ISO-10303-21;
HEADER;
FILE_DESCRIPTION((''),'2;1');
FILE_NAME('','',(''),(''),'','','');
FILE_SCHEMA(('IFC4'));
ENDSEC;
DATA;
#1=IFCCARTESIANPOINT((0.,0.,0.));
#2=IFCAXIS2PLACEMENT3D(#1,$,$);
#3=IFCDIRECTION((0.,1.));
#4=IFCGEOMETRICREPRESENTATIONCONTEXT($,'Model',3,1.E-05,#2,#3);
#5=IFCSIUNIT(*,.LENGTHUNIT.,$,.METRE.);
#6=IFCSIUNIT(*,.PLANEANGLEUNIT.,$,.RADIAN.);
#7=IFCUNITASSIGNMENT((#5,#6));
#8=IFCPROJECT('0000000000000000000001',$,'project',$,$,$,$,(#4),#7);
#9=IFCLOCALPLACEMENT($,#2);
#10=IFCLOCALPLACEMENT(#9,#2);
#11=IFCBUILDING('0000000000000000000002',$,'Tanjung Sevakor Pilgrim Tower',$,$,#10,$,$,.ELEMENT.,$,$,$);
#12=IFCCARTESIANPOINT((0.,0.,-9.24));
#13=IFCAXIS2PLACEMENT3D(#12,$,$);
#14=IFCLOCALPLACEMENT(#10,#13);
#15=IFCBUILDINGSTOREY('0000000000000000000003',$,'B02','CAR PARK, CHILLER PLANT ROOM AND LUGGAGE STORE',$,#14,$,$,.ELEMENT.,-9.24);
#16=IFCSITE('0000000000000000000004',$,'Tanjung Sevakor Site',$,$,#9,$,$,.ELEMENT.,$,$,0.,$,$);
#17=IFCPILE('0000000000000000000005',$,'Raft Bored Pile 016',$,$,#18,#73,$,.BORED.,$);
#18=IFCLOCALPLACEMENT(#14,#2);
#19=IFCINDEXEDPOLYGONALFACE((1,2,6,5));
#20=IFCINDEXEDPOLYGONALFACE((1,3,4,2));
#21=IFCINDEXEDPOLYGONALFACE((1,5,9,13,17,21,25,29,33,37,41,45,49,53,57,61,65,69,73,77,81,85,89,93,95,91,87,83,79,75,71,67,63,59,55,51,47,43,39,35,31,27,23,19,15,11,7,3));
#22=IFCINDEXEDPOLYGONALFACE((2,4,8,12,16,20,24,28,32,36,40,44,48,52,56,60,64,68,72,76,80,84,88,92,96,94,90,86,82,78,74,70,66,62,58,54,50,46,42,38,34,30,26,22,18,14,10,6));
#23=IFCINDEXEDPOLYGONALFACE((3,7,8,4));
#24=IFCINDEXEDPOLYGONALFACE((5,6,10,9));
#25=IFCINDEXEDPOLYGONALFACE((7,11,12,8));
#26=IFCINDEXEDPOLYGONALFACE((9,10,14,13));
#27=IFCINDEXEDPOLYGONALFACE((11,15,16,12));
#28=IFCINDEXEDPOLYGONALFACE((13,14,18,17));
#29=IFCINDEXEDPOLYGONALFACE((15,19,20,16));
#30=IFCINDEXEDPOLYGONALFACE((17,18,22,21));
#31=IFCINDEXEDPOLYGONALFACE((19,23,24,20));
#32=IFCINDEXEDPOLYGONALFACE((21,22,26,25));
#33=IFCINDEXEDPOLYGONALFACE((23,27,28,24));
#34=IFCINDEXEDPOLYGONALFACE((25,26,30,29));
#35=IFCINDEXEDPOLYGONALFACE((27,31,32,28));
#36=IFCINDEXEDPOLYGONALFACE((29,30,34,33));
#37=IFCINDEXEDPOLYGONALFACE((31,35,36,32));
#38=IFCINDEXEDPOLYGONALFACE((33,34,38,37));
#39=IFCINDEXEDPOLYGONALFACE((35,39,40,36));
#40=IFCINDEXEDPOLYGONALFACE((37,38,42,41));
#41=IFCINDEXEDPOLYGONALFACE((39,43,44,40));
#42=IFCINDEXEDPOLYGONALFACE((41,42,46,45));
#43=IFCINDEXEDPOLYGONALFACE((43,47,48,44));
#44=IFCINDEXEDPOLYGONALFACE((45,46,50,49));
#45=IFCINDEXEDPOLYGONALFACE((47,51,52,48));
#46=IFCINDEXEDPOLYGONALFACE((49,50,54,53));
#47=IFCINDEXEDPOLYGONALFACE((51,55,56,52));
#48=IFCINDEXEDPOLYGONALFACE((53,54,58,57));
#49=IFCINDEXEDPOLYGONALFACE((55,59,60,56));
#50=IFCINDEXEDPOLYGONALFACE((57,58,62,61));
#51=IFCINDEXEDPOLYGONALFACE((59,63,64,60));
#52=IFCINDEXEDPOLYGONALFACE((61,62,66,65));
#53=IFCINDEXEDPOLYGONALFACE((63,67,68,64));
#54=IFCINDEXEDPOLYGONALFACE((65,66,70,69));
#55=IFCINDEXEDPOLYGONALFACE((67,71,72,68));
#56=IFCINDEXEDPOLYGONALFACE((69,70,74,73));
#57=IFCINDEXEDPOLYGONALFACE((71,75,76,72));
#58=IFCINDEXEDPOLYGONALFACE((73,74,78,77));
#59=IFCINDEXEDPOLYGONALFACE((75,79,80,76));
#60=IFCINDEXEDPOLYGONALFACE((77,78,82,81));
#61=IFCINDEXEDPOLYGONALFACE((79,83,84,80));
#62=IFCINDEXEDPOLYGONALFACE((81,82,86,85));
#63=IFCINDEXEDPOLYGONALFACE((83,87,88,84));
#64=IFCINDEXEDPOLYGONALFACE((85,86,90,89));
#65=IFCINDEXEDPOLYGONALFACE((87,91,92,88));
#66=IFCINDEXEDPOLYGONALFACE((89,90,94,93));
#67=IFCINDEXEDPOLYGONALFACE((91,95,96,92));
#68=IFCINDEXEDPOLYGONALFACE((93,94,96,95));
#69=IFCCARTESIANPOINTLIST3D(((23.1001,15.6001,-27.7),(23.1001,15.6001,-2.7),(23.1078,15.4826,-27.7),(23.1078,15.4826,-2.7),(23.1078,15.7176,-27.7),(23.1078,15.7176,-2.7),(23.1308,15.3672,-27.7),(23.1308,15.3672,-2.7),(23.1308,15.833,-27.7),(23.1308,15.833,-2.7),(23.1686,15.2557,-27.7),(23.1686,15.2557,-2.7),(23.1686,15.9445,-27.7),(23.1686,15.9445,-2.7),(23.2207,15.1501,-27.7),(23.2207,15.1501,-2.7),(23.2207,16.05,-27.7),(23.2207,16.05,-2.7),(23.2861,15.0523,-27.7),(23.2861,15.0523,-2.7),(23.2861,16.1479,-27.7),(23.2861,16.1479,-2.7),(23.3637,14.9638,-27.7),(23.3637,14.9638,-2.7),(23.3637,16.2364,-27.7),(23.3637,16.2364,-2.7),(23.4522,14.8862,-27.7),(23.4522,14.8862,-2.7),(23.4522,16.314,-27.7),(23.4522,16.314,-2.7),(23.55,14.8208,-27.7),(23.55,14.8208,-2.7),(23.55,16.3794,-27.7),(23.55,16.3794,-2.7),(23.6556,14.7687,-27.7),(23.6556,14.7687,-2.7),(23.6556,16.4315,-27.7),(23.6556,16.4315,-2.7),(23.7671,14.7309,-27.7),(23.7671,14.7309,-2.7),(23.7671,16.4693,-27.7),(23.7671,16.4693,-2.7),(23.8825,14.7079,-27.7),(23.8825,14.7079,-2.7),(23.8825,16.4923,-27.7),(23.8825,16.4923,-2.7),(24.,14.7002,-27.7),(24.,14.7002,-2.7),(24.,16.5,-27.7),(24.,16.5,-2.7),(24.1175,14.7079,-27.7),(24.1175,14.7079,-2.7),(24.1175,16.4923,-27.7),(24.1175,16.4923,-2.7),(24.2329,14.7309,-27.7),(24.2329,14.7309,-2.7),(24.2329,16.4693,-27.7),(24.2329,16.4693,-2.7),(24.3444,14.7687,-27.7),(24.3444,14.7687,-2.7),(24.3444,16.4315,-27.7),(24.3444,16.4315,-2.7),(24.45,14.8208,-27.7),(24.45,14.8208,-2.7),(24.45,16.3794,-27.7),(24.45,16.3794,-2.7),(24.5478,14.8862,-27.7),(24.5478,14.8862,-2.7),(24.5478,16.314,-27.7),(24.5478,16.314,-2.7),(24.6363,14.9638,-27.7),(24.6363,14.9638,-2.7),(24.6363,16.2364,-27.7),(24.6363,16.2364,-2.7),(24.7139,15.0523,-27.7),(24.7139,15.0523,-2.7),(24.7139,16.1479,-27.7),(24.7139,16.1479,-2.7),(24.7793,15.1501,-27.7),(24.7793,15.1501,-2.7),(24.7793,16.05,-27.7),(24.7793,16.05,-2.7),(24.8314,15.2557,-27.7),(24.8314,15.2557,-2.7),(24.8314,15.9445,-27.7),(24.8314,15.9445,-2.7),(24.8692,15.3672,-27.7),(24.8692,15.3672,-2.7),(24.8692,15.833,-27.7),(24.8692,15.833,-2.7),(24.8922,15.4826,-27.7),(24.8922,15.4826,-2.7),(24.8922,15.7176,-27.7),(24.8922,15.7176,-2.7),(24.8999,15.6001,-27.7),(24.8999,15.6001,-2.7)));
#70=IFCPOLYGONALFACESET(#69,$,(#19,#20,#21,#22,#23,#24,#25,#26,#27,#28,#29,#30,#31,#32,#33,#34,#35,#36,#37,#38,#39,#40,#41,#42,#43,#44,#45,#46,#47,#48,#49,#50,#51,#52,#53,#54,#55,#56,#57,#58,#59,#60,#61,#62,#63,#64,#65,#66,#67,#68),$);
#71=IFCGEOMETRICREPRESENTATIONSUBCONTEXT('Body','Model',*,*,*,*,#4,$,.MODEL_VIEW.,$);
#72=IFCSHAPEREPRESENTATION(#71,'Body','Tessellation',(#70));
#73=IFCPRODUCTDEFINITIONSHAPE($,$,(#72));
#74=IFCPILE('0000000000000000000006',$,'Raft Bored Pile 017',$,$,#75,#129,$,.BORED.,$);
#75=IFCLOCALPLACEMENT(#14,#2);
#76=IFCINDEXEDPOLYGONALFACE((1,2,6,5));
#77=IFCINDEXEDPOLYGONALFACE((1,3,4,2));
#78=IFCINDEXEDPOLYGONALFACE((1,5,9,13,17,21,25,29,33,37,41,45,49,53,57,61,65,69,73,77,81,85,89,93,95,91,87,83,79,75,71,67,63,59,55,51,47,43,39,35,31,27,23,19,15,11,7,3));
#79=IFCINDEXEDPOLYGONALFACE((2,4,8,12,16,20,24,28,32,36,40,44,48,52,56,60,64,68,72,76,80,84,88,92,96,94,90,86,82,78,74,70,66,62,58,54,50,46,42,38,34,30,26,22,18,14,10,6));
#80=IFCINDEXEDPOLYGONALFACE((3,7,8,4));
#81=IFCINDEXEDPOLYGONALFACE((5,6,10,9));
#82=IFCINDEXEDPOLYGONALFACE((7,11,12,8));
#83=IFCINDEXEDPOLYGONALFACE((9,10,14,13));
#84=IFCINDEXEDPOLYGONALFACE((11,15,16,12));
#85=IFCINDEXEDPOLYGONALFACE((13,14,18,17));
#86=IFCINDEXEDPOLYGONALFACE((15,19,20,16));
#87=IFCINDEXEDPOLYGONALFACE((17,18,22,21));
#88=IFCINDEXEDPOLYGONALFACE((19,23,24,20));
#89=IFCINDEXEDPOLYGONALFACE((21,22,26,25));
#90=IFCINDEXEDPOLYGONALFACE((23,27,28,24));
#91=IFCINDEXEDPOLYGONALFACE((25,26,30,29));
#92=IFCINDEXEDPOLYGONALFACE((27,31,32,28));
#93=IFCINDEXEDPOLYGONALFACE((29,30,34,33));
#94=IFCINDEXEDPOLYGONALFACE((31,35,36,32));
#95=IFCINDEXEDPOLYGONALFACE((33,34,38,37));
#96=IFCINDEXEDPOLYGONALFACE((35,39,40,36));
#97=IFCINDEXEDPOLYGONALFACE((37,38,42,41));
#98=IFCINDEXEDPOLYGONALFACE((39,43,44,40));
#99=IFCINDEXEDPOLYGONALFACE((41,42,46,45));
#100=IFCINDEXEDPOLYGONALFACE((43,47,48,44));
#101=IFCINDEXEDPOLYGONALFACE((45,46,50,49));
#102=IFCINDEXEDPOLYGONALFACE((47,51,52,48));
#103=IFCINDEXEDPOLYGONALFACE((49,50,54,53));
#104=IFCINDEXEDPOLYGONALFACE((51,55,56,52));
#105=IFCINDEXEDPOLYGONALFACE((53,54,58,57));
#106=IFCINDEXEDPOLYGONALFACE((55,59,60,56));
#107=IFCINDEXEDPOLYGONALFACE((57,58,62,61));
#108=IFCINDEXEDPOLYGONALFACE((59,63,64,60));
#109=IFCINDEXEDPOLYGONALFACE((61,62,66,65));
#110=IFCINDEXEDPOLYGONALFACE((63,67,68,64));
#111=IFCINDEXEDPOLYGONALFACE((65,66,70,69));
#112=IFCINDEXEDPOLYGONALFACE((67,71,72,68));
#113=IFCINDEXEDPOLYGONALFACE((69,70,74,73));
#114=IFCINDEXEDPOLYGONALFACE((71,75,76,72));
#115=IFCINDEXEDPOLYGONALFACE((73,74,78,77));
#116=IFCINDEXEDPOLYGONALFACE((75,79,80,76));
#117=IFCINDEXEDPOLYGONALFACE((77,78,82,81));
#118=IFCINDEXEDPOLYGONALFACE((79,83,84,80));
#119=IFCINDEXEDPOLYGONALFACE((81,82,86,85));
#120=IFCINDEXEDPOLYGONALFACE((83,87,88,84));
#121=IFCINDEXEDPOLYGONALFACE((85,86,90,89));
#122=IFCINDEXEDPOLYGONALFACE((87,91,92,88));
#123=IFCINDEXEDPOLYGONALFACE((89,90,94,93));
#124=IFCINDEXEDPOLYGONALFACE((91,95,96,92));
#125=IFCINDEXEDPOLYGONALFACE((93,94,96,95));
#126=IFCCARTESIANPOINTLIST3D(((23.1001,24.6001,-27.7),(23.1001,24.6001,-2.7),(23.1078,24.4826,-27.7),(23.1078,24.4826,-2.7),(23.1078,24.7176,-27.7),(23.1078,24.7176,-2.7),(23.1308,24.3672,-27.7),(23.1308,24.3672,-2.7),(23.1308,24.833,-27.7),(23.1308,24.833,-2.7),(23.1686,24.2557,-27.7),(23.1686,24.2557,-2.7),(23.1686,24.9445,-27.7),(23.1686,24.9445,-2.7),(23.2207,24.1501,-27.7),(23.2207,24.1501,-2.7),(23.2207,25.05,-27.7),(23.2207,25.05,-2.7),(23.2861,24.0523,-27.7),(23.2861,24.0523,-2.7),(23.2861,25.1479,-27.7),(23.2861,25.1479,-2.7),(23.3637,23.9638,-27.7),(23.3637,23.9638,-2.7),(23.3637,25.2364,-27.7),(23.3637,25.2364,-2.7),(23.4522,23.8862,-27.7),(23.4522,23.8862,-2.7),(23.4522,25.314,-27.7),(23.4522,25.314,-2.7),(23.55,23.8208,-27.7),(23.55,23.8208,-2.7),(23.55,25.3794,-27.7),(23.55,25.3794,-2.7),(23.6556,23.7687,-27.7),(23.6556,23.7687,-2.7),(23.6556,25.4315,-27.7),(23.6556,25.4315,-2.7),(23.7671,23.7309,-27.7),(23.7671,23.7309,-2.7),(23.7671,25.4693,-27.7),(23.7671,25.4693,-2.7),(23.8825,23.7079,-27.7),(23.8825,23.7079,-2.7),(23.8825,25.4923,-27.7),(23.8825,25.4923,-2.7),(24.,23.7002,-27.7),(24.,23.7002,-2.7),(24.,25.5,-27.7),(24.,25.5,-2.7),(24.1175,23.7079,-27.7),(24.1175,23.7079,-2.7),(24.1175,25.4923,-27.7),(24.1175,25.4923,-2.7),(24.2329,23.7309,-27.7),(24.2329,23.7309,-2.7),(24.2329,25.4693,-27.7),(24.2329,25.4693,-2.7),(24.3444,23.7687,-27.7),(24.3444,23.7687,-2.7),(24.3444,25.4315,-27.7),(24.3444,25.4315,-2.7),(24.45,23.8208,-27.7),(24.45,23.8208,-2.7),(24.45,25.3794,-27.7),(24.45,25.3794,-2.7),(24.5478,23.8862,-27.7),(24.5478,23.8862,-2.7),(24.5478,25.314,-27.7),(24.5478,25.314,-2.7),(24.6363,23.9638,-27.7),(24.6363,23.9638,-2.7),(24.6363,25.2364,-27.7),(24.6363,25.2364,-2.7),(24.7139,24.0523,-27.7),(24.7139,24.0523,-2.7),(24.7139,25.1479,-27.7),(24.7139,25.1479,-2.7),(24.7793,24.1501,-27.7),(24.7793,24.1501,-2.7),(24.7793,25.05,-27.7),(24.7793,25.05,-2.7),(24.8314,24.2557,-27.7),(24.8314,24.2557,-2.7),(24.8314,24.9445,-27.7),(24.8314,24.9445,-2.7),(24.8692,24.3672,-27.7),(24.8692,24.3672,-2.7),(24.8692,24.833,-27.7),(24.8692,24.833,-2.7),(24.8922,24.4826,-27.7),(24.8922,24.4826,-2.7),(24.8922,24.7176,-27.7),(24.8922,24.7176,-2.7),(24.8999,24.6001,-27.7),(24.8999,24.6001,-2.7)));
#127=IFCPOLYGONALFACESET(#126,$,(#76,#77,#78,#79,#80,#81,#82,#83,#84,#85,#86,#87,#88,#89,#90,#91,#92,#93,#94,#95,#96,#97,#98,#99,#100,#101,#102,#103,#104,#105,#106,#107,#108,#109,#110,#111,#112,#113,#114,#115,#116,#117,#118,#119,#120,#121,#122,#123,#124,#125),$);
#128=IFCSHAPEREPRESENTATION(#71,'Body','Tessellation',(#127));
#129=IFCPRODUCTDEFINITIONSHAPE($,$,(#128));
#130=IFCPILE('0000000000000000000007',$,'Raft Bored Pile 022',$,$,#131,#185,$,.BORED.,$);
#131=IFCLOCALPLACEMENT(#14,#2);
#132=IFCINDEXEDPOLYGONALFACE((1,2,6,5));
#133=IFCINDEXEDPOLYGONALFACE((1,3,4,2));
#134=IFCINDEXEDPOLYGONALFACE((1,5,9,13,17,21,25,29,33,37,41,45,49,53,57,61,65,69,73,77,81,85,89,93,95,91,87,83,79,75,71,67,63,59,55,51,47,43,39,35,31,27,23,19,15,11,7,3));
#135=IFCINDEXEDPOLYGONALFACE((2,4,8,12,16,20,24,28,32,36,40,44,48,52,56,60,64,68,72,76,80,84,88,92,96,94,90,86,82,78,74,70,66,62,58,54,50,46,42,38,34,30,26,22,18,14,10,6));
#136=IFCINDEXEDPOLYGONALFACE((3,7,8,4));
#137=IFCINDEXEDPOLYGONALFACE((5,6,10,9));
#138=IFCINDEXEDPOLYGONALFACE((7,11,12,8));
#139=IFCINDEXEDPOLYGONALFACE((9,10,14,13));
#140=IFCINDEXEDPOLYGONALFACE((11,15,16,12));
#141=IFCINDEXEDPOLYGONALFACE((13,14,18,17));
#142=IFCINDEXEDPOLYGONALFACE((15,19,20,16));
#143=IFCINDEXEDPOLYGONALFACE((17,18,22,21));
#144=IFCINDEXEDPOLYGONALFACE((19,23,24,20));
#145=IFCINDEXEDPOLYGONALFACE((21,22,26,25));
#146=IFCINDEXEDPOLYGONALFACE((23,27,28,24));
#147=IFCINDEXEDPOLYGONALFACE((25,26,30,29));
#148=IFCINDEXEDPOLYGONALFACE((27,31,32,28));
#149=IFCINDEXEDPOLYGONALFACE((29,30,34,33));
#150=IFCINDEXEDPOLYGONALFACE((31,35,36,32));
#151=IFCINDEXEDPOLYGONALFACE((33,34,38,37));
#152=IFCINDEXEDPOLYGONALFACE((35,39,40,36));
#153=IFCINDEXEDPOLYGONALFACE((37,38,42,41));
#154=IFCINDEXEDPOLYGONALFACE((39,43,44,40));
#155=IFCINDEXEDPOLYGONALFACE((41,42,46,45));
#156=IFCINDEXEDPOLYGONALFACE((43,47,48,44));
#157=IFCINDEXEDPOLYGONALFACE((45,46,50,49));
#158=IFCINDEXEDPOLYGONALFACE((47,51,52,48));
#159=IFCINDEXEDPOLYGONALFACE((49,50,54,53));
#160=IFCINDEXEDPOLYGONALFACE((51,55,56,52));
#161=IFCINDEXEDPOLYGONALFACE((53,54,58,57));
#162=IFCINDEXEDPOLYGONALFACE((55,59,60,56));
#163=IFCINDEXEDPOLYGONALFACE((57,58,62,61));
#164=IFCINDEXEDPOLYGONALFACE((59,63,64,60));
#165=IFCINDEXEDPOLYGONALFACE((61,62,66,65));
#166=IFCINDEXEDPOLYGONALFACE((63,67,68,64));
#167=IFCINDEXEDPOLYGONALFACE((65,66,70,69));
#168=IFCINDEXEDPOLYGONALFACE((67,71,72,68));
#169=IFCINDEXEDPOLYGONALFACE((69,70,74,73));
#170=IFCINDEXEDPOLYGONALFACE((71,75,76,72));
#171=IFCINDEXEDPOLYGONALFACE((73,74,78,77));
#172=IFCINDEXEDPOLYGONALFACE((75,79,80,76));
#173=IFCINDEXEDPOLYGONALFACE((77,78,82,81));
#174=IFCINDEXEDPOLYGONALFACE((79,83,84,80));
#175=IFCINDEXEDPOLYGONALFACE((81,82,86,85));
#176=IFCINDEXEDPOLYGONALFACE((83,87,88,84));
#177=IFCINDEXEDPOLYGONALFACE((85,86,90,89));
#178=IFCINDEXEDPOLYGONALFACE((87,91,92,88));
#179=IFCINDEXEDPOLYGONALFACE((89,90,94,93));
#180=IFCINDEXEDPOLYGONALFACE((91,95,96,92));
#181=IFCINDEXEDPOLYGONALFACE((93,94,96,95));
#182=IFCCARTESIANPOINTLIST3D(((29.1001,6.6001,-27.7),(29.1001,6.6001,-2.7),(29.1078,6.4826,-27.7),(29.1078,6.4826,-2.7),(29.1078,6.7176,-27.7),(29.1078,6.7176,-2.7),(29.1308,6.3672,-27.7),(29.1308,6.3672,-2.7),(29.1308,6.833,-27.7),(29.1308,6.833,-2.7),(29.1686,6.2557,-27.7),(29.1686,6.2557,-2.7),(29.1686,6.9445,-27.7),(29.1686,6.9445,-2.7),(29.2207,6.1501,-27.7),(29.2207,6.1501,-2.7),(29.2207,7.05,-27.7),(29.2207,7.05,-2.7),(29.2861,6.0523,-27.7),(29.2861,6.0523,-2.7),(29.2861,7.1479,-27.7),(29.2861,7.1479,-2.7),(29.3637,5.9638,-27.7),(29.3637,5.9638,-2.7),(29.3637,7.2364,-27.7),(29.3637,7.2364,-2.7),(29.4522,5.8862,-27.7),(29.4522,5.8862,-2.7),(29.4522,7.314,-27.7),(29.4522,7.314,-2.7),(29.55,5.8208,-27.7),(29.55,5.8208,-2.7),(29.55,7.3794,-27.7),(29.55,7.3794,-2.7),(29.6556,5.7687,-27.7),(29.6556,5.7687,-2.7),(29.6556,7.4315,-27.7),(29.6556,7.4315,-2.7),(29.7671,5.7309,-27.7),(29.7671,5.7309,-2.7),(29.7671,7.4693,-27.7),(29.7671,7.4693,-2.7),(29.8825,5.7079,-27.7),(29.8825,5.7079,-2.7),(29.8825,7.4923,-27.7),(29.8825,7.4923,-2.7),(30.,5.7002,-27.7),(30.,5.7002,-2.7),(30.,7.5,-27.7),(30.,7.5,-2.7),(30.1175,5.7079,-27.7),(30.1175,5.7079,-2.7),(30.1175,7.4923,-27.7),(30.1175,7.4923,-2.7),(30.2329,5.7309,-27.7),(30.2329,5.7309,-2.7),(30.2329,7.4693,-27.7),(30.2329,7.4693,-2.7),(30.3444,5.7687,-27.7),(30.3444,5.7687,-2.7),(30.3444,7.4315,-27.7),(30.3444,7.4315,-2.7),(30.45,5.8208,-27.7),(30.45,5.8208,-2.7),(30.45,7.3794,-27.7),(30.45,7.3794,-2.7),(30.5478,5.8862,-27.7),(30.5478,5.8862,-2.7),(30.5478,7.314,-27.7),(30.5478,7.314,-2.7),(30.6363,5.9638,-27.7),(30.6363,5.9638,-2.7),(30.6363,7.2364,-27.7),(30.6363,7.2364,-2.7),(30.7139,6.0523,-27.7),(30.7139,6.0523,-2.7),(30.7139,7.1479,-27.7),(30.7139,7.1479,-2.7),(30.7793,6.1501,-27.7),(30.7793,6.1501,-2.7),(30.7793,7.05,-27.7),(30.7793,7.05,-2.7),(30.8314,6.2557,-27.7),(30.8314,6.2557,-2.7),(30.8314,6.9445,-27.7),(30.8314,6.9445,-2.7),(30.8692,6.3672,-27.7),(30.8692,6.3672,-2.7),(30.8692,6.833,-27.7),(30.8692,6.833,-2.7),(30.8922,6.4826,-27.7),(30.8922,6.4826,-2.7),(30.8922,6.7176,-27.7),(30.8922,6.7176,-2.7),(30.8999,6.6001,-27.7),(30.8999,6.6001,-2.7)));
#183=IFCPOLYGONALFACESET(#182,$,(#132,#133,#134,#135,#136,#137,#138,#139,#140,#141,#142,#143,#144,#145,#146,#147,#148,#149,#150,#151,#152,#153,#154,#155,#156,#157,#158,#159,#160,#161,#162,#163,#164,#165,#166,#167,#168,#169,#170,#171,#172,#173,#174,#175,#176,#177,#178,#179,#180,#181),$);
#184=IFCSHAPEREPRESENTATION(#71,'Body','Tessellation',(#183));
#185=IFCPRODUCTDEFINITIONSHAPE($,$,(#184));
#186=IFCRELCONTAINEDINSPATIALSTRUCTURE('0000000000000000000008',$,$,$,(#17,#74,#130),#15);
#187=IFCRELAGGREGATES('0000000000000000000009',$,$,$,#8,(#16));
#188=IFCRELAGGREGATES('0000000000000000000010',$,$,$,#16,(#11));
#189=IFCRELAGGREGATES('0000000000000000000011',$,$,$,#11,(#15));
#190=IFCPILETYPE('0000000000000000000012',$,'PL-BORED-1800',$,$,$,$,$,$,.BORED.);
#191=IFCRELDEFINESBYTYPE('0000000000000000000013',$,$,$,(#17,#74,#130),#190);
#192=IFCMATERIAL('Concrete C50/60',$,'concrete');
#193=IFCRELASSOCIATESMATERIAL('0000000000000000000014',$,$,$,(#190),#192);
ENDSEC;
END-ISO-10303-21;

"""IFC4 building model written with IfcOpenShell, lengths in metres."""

from ifc_helpers import new_model, si_unit, direction, frame, origin, origin_2d, place, context, subcontext, project, spatial, circle, extrude, material, material_profile, profile_set, type_object, element, save


model = new_model("IFC4")

# Units and contexts
model_context = context("Model", 3, precision=1e-05, world=origin(), true_north=direction((0.0, 1.0)))
body_context = subcontext(model_context, "Body", "Model", "MODEL_VIEW")
ifc_project = project(units=[si_unit("LENGTHUNIT", "METRE"), si_unit("PLANEANGLEUNIT", "RADIAN")], contexts=[model_context])

# Site, building, storey
site_placement = place(None, origin())
site = spatial("IfcSite", under=ifc_project, at=site_placement, Name="Tanjung Sevakor Site", CompositionType="ELEMENT", RefElevation=0.0)
building_placement = place(site_placement, origin())
building = spatial("IfcBuilding", under=site, at=building_placement, Name="Tanjung Sevakor Pilgrim Tower", CompositionType="ELEMENT")
storey_placement = place(building_placement, frame((0.0, 0.0, -9.24)))
storey = spatial("IfcBuildingStorey", under=building, at=storey_placement, Name="B02", Description="CAR PARK, CHILLER PLANT ROOM AND LUGGAGE STORE", CompositionType="ELEMENT", Elevation=-9.24)

# Piles
ifc_material_1 = material(Name="Concrete C50/60", Category="concrete")
ifc_material_profile_1 = material_profile(ifc_material_1, circle(Radius=0.8999, at=origin_2d()))
ifc_profile_set_1 = profile_set([ifc_material_profile_1], Name="Concrete C50/60")
pile_type = type_object("IfcPileType", Name="PL-BORED-1800", PredefinedType="BORED", material=ifc_profile_set_1)
for number, where, z_axis, x_axis, name in (
    (1, (24.0, 15.6001, -2.7), (0.0, 0.0, -1.0), (1.0, 0.0, 0.0), "Raft Bored Pile 016"),
    (2, (24.0, 24.6001, -2.7), (0.0, 0.0, -1.0), (1.0, 0.0, 0.0), "Raft Bored Pile 017"),
    (3, (30.0, 6.6001, -2.7), (0.0, 0.0, -1.0), (1.0, 0.0, 0.0), "Raft Bored Pile 022"),
):
    element("IfcPile", number, at=place(storey_placement, frame(where, z_axis=z_axis, x_axis=x_axis)), inside=storey, type_object=pile_type, Name=name, PredefinedType="BORED", context=body_context, shape_type="SweptSolid", body=[
        extrude(circle(Radius=0.8999, at=origin_2d()), origin(), (0.0, 0.0, 1.0), 25.0),
    ])

save(model, "model.ifc")
